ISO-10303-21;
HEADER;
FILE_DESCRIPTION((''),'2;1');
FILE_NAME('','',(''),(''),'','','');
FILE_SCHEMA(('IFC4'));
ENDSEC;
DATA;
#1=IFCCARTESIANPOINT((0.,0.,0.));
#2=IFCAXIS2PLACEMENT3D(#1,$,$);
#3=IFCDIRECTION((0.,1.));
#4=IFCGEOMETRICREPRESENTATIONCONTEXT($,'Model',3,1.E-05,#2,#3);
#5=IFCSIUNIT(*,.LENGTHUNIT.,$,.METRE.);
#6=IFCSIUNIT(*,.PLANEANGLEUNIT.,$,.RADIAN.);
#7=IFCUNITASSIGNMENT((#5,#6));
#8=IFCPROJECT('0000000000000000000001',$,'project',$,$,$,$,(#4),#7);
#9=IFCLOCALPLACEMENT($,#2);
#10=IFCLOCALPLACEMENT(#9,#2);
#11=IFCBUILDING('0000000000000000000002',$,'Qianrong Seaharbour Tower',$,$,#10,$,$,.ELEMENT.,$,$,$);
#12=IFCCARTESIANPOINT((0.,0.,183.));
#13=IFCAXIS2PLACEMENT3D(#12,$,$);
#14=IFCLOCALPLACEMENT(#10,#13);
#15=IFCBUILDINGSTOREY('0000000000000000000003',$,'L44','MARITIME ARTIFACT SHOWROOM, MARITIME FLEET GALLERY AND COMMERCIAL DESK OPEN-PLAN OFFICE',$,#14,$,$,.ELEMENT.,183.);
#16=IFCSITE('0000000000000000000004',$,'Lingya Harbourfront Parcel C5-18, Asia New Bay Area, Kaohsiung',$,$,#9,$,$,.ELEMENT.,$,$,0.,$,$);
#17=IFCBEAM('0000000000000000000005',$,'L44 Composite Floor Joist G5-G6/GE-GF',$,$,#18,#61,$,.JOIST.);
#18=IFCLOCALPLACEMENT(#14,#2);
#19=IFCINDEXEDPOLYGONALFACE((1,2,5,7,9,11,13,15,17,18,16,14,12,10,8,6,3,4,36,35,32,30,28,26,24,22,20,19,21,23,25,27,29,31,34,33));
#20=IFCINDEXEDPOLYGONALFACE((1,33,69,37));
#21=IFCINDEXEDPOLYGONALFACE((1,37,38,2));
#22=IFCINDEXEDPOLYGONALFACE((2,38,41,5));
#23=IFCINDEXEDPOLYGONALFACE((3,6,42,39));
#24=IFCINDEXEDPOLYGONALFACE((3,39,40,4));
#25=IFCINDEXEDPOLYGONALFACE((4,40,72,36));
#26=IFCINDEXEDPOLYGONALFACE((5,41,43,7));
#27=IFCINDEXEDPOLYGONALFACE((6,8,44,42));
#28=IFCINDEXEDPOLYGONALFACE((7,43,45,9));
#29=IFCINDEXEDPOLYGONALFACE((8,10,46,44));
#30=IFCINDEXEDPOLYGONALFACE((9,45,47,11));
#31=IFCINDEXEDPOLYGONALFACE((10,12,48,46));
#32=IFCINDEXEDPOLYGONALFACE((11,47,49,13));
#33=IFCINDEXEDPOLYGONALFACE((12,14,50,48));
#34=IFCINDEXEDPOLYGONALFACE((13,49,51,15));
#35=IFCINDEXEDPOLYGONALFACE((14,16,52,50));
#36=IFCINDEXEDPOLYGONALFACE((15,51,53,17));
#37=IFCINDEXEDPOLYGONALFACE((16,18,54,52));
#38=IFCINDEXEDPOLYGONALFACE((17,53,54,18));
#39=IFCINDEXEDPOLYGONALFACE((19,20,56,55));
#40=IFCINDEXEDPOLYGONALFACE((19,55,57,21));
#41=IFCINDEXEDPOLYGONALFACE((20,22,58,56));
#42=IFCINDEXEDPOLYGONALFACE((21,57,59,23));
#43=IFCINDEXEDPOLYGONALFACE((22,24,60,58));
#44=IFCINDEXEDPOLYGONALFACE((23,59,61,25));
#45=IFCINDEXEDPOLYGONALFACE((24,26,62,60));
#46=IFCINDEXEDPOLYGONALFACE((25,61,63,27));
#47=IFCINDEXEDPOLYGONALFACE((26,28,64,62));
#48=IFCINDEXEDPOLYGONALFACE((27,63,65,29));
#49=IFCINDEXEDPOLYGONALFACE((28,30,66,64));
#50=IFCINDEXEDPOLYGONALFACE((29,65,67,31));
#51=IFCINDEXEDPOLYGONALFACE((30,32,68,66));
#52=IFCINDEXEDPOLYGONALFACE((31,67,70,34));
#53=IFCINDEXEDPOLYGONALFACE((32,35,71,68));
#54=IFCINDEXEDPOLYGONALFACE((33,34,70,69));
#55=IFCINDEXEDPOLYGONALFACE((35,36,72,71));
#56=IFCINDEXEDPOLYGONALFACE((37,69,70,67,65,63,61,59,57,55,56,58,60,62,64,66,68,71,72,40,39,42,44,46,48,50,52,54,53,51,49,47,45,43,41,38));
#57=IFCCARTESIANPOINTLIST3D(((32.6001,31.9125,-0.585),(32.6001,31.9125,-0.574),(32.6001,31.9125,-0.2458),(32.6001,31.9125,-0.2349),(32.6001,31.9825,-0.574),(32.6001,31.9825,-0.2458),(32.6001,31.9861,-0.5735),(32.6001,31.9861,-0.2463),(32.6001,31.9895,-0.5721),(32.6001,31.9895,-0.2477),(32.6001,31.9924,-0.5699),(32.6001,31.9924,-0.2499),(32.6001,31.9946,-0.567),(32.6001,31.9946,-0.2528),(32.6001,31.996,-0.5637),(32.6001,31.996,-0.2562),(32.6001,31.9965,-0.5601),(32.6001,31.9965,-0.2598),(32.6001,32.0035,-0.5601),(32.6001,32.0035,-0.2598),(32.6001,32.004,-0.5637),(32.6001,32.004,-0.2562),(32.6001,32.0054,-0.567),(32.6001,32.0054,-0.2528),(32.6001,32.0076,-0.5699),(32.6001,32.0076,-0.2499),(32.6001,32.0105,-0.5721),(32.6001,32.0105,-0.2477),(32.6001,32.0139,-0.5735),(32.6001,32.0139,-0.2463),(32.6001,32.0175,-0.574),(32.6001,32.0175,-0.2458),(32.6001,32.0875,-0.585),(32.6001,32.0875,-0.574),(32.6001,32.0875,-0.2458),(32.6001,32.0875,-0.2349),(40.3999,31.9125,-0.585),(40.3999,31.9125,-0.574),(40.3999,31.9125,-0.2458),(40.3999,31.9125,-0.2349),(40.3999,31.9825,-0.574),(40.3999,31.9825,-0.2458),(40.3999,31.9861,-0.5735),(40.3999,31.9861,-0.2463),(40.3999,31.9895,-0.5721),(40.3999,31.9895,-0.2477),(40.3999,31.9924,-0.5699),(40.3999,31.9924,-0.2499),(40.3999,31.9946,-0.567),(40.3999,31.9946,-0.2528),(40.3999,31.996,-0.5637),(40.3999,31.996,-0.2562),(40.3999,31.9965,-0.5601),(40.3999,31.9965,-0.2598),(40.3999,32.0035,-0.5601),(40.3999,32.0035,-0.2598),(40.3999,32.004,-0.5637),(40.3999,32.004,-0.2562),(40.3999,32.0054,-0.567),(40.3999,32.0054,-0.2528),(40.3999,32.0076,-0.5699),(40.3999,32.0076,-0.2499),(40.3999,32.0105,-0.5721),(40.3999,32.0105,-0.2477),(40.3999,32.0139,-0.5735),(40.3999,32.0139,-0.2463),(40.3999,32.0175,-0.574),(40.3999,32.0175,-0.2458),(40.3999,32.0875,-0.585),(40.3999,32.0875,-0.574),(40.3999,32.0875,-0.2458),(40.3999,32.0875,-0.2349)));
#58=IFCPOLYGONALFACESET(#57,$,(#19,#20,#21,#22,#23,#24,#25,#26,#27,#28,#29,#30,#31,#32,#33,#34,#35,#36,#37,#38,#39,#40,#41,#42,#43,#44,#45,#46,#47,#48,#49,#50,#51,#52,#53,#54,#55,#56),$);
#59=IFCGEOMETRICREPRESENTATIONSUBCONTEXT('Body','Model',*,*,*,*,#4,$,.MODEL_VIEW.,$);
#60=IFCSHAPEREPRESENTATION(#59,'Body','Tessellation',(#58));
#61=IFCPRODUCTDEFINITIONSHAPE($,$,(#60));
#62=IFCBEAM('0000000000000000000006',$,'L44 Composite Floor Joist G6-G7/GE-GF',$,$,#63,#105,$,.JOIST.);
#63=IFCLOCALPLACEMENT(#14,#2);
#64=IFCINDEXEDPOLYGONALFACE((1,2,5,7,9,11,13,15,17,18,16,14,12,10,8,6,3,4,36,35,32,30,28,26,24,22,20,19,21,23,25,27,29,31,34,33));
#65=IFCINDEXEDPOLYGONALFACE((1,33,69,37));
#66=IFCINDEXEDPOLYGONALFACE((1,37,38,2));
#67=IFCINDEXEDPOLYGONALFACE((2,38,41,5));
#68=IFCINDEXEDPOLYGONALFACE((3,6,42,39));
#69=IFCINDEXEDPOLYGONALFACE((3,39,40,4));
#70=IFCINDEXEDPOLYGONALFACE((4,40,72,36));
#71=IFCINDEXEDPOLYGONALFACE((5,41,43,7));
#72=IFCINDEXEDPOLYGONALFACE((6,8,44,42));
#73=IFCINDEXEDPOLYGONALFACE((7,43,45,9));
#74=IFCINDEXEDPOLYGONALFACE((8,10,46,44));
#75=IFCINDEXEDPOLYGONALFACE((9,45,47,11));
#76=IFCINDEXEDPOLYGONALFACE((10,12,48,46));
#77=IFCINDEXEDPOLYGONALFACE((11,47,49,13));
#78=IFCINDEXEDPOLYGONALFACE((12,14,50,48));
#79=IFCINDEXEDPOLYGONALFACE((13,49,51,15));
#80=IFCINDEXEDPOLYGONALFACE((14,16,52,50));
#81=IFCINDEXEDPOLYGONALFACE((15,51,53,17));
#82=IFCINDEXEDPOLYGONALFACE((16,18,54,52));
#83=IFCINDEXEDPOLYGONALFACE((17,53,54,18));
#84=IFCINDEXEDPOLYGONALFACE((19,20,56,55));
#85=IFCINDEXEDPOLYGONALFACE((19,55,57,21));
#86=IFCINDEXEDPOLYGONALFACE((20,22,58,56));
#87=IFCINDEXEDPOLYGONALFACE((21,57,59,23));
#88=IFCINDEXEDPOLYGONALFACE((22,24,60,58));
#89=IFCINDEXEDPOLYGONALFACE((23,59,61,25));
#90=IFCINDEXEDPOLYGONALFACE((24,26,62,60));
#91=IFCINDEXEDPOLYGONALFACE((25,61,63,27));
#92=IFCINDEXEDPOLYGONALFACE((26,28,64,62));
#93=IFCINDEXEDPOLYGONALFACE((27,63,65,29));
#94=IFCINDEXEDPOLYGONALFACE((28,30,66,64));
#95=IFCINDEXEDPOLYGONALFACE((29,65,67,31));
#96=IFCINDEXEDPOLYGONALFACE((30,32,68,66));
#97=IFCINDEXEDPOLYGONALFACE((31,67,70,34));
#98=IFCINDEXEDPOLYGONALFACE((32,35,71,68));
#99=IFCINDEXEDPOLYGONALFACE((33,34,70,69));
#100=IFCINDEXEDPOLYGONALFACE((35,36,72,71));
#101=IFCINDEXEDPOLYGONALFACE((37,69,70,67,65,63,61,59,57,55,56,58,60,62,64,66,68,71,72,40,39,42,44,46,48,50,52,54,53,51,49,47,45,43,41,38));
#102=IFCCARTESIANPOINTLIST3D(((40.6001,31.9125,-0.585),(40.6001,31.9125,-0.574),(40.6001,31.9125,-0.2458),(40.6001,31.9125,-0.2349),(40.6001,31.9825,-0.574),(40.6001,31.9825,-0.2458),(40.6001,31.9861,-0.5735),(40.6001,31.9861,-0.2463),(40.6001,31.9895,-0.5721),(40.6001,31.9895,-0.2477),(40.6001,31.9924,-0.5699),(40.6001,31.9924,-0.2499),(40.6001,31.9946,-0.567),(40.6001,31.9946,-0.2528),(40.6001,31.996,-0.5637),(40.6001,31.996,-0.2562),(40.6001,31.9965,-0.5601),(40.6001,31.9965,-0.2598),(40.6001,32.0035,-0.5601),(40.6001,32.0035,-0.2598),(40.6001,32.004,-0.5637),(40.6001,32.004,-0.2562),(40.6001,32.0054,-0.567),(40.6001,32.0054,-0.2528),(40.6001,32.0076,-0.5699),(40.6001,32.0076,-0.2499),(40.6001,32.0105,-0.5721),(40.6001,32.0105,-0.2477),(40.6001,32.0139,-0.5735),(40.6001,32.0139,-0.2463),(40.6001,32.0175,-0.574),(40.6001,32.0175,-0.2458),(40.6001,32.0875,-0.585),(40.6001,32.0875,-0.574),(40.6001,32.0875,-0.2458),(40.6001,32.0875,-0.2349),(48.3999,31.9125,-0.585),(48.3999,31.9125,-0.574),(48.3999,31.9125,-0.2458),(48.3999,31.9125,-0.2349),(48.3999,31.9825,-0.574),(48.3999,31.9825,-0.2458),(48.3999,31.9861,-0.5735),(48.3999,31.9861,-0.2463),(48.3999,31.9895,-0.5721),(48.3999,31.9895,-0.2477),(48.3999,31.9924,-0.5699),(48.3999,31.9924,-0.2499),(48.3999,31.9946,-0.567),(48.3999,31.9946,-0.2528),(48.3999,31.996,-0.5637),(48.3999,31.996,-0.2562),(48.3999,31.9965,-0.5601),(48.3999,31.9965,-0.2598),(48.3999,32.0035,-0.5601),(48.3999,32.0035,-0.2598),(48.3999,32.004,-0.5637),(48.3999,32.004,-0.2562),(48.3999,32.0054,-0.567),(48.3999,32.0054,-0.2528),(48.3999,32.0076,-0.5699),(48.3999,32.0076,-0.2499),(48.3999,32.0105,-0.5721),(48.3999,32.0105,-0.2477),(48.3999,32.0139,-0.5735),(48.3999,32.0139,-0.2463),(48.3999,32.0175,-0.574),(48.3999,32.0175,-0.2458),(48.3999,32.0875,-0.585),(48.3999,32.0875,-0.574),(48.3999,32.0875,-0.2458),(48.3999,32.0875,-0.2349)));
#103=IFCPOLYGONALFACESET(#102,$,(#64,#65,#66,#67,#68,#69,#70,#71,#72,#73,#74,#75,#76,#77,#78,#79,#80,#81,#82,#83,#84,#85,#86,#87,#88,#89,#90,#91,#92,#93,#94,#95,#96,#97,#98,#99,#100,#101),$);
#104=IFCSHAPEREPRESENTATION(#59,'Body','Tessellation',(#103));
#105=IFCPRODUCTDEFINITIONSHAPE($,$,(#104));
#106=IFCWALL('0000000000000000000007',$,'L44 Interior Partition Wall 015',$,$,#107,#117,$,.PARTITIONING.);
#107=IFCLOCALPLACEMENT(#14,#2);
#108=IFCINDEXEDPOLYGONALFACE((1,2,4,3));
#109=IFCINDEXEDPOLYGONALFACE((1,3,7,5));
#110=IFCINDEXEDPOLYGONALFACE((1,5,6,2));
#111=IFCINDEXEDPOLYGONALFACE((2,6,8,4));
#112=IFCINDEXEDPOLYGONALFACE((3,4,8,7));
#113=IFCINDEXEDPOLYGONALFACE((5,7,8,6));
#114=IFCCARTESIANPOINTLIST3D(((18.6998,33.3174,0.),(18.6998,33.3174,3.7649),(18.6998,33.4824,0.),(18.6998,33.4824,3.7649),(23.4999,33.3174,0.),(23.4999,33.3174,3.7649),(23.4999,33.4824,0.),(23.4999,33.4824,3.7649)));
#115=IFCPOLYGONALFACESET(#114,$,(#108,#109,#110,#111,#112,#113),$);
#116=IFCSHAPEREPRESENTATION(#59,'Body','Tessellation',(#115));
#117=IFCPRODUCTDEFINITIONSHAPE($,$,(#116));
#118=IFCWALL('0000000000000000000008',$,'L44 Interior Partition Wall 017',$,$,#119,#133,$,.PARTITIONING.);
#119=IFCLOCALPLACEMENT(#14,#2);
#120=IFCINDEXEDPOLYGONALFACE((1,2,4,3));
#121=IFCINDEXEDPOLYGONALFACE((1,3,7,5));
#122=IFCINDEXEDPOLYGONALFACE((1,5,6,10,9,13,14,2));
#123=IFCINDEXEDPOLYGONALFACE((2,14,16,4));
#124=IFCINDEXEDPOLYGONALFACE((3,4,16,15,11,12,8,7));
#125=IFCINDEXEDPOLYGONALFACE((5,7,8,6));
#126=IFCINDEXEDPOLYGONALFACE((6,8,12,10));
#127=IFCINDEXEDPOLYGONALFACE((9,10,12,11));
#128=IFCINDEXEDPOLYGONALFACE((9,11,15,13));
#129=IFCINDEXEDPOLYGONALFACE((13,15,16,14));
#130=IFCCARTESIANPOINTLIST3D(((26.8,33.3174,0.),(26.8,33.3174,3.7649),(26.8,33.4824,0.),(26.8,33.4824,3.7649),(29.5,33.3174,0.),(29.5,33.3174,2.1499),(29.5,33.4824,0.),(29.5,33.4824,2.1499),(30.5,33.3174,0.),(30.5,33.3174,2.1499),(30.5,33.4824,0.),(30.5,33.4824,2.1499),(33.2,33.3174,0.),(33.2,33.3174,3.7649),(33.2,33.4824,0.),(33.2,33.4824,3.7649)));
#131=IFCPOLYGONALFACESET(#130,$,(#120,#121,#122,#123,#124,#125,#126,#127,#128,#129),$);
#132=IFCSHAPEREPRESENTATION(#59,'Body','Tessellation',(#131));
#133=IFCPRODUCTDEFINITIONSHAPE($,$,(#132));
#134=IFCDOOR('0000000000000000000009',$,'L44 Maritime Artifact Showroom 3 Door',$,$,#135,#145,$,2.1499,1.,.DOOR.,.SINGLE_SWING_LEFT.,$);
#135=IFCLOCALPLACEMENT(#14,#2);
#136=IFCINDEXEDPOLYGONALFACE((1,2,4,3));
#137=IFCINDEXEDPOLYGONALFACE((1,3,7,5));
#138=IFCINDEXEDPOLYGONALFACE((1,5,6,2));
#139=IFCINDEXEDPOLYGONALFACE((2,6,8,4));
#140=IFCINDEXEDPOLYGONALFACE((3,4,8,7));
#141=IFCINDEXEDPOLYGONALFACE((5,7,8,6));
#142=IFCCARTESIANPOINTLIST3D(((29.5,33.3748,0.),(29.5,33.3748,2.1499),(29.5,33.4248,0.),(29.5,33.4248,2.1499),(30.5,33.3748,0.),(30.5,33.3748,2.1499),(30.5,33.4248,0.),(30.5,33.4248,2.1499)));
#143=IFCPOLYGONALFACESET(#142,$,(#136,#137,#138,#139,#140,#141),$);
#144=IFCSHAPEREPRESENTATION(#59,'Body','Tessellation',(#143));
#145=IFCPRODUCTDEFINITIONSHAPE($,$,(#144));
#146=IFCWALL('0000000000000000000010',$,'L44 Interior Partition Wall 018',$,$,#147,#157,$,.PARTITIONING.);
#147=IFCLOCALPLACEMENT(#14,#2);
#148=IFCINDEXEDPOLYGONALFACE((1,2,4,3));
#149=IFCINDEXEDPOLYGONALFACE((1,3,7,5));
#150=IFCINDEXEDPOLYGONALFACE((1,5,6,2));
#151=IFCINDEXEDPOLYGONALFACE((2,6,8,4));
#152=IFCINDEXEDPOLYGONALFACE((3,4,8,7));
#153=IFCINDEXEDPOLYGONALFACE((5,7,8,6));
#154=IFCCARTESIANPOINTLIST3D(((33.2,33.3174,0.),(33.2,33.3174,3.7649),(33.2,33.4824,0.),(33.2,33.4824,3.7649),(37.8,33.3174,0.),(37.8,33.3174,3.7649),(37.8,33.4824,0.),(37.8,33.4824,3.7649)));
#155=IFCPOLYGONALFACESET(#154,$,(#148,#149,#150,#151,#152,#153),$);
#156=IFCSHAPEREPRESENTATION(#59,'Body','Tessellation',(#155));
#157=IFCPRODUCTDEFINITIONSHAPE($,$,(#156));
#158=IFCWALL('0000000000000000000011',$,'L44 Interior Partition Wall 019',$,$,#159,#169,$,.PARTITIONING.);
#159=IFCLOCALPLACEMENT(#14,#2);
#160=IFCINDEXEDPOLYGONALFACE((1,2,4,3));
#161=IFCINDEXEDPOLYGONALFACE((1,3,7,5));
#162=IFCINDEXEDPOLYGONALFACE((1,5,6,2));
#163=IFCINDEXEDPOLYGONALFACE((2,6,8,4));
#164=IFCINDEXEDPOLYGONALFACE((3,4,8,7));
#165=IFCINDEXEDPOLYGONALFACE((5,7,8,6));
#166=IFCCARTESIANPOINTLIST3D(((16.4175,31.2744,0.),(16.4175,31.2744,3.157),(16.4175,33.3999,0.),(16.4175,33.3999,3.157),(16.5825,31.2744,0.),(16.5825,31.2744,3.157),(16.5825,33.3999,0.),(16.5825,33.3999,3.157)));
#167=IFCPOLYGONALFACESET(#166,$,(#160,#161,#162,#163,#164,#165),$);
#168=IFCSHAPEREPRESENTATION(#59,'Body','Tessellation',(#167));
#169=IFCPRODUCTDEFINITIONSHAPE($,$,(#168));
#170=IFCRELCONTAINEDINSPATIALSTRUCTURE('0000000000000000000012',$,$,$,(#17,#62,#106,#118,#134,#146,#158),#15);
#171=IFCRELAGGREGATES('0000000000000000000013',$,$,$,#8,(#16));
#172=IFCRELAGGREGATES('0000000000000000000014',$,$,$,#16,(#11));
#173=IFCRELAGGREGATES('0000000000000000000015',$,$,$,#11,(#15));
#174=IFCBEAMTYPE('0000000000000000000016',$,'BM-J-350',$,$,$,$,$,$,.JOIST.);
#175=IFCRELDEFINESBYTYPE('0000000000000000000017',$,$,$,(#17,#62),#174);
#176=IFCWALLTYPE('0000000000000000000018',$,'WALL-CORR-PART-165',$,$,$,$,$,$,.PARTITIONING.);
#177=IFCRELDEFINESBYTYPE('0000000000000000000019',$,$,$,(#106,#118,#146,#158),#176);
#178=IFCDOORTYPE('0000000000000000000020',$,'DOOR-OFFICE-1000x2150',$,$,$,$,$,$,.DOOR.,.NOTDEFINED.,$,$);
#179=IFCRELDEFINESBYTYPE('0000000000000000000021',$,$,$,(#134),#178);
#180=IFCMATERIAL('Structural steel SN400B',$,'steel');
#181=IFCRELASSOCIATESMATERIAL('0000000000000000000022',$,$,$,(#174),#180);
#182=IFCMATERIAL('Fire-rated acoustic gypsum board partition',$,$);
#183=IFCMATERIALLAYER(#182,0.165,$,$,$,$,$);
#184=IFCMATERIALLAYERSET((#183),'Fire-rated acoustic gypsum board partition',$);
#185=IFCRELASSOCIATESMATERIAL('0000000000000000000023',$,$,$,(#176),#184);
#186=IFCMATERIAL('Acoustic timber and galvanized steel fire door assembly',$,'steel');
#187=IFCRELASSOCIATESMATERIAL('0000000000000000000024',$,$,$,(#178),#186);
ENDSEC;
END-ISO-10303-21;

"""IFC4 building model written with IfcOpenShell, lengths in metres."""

from ifc_helpers import new_model, si_unit, direction, frame, frame_2d, origin, origin_2d, place, context, subcontext, project, spatial, rectangle, i_section, extrude, material, layer, layer_set, material_profile, profile_set, type_object, element, fill, save


model = new_model("IFC4")

# Units and contexts
model_context = context("Model", 3, precision=1e-05, world=origin(), true_north=direction((0.0, 1.0)))
body_context = subcontext(model_context, "Body", "Model", "MODEL_VIEW")
ifc_project = project(units=[si_unit("LENGTHUNIT", "METRE"), si_unit("PLANEANGLEUNIT", "RADIAN")], contexts=[model_context])

# Site, building, storey
site_placement = place(None, origin())
site = spatial("IfcSite", under=ifc_project, at=site_placement, Name="Lingya Harbourfront Parcel C5-18, Asia New Bay Area, Kaohsiung", CompositionType="ELEMENT", RefElevation=0.0)
building_placement = place(site_placement, origin())
building = spatial("IfcBuilding", under=site, at=building_placement, Name="Qianrong Seaharbour Tower", CompositionType="ELEMENT")
storey_placement = place(building_placement, frame((0.0, 0.0, 183.0)))
storey = spatial("IfcBuildingStorey", under=building, at=storey_placement, Name="L44", Description="MARITIME ARTIFACT SHOWROOM, MARITIME FLEET GALLERY AND COMMERCIAL DESK OPEN-PLAN OFFICE", CompositionType="ELEMENT", Elevation=183.0)

# Beams
ifc_material_1 = material(Name="Structural steel SN400B", Category="steel")
ifc_material_profile_1 = material_profile(ifc_material_1, i_section(OverallWidth=0.175, OverallDepth=0.3501, WebThickness=0.0071, FlangeThickness=0.011, FilletRadius=0.0139, at=origin_2d()), Name="H350x175x7x11")
ifc_profile_set_1 = profile_set([ifc_material_profile_1], Name="Structural steel SN400B")
beam_type_1 = type_object("IfcBeamType", Name="BM-J-350", PredefinedType="JOIST", material=ifc_profile_set_1)
for number, where, z_axis, x_axis, name in (
    (1, (32.6001, 32.0, -0.4099), (1.0, 0.0, 0.0), (0.0, 1.0, 0.0), "L44 Composite Floor Joist G5-G6/GE-GF"),
    (2, (40.6001, 32.0, -0.4099), (1.0, 0.0, 0.0), (0.0, 1.0, 0.0), "L44 Composite Floor Joist G6-G7/GE-GF"),
):
    element("IfcBeam", number, at=place(storey_placement, frame(where, z_axis=z_axis, x_axis=x_axis)), inside=storey, type_object=beam_type_1, Name=name, PredefinedType="JOIST", context=body_context, shape_type="SweptSolid", body=[
        extrude(i_section(OverallWidth=0.175, OverallDepth=0.3501, WebThickness=0.0071, FlangeThickness=0.011, FilletRadius=0.0139, at=origin_2d()), origin(), (0.0, 0.0, 1.0), 7.7998),
    ])

# Wall
ifc_material_2 = material(Name="Fire-rated acoustic gypsum board partition")
ifc_layer_1 = layer(ifc_material_2, 0.165)
ifc_layer_set_1 = layer_set([ifc_layer_1], Name="Fire-rated acoustic gypsum board partition")
wall_type_1 = type_object("IfcWallType", Name="WALL-CORR-PART-165", PredefinedType="PARTITIONING", material=ifc_layer_set_1)
wall_1_placement = place(storey_placement, frame((18.7, 33.3999, 0.0), z_axis=(0.0, 0.0, 1.0), x_axis=(1.0, 0.0, 0.0)))
element("IfcWall", 3, at=wall_1_placement, inside=storey, type_object=wall_type_1, Name="L44 Interior Partition Wall 015", PredefinedType="PARTITIONING", context=body_context, shape_type="SweptSolid", body=[
    extrude(rectangle(XDim=4.8, YDim=0.165, at=frame_2d((2.3999, 0.0))), origin(), (0.0, 0.0, 1.0), 3.7649),
])

# Wall, opening, door
ifc_material_3 = material(Name="Acoustic timber and galvanized steel fire door assembly", Category="steel")
door_type_1 = type_object("IfcDoorType", Name="DOOR-OFFICE-1000x2150", OperationType="NOTDEFINED", PredefinedType="DOOR", material=ifc_material_3)
wall_2_placement = place(storey_placement, frame((26.8, 33.3999, 0.0), z_axis=(0.0, 0.0, 1.0), x_axis=(1.0, 0.0, 0.0)))
wall_2 = element("IfcWall", 4, at=wall_2_placement, inside=storey, type_object=wall_type_1, Name="L44 Interior Partition Wall 017", PredefinedType="PARTITIONING", context=body_context, shape_type="SweptSolid", body=[
    extrude(rectangle(XDim=6.3999, YDim=0.165, at=frame_2d((3.2, 0.0))), origin(), (0.0, 0.0, 1.0), 3.7649),
])
opening_1_placement = place(wall_2_placement, frame((2.7, 0.0, 0.0)))
opening_1 = element("IfcOpeningElement", 5, at=opening_1_placement, cuts=wall_2, PredefinedType="OPENING", context=body_context, shape_type="SweptSolid", body=[
    extrude(rectangle(XDim=1.0, YDim=2.1499, at=frame_2d((0.5, 1.075))), frame((0.0, 0.0925, 0.0), z_axis=(0.0, -1.0, 0.0), x_axis=(1.0, 0.0, 0.0)), (0.0, 0.0, 1.0), 0.1851),
])
door_1_placement = place(opening_1_placement, origin())
door_1 = element("IfcDoor", 6, at=door_1_placement, inside=storey, type_object=door_type_1, Name="L44 Maritime Artifact Showroom 3 Door", OperationType="SINGLE_SWING_LEFT", OverallHeight=2.1499, OverallWidth=1.0, PredefinedType="DOOR", context=body_context, shape_type="SweptSolid", body=[
    extrude(rectangle(XDim=1.0, YDim=2.1499, at=frame_2d((0.5, 1.075))), frame((0.0, 0.0249, 0.0), z_axis=(0.0, -1.0, 0.0), x_axis=(1.0, 0.0, 0.0)), (0.0, 0.0, 1.0), 0.05),
])
fill(opening_1, door_1)

# Walls
wall_3_placement = place(storey_placement, frame((33.2, 33.3999, 0.0), z_axis=(0.0, 0.0, 1.0), x_axis=(1.0, 0.0, 0.0)))
element("IfcWall", 7, at=wall_3_placement, inside=storey, type_object=wall_type_1, Name="L44 Interior Partition Wall 018", PredefinedType="PARTITIONING", context=body_context, shape_type="SweptSolid", body=[
    extrude(rectangle(XDim=4.6001, YDim=0.165, at=frame_2d((2.3, 0.0))), origin(), (0.0, 0.0, 1.0), 3.7649),
])
wall_4_placement = place(storey_placement, frame((16.5, 31.2744, 0.0), z_axis=(0.0, 0.0, 1.0), x_axis=(0.0, 1.0, 0.0)))
element("IfcWall", 8, at=wall_4_placement, inside=storey, type_object=wall_type_1, Name="L44 Interior Partition Wall 019", PredefinedType="PARTITIONING", context=body_context, shape_type="SweptSolid", body=[
    extrude(rectangle(XDim=2.1255, YDim=0.165, at=frame_2d((1.0627, 0.0))), origin(), (0.0, 0.0, 1.0), 3.157),
])

save(model, "model.ifc")
